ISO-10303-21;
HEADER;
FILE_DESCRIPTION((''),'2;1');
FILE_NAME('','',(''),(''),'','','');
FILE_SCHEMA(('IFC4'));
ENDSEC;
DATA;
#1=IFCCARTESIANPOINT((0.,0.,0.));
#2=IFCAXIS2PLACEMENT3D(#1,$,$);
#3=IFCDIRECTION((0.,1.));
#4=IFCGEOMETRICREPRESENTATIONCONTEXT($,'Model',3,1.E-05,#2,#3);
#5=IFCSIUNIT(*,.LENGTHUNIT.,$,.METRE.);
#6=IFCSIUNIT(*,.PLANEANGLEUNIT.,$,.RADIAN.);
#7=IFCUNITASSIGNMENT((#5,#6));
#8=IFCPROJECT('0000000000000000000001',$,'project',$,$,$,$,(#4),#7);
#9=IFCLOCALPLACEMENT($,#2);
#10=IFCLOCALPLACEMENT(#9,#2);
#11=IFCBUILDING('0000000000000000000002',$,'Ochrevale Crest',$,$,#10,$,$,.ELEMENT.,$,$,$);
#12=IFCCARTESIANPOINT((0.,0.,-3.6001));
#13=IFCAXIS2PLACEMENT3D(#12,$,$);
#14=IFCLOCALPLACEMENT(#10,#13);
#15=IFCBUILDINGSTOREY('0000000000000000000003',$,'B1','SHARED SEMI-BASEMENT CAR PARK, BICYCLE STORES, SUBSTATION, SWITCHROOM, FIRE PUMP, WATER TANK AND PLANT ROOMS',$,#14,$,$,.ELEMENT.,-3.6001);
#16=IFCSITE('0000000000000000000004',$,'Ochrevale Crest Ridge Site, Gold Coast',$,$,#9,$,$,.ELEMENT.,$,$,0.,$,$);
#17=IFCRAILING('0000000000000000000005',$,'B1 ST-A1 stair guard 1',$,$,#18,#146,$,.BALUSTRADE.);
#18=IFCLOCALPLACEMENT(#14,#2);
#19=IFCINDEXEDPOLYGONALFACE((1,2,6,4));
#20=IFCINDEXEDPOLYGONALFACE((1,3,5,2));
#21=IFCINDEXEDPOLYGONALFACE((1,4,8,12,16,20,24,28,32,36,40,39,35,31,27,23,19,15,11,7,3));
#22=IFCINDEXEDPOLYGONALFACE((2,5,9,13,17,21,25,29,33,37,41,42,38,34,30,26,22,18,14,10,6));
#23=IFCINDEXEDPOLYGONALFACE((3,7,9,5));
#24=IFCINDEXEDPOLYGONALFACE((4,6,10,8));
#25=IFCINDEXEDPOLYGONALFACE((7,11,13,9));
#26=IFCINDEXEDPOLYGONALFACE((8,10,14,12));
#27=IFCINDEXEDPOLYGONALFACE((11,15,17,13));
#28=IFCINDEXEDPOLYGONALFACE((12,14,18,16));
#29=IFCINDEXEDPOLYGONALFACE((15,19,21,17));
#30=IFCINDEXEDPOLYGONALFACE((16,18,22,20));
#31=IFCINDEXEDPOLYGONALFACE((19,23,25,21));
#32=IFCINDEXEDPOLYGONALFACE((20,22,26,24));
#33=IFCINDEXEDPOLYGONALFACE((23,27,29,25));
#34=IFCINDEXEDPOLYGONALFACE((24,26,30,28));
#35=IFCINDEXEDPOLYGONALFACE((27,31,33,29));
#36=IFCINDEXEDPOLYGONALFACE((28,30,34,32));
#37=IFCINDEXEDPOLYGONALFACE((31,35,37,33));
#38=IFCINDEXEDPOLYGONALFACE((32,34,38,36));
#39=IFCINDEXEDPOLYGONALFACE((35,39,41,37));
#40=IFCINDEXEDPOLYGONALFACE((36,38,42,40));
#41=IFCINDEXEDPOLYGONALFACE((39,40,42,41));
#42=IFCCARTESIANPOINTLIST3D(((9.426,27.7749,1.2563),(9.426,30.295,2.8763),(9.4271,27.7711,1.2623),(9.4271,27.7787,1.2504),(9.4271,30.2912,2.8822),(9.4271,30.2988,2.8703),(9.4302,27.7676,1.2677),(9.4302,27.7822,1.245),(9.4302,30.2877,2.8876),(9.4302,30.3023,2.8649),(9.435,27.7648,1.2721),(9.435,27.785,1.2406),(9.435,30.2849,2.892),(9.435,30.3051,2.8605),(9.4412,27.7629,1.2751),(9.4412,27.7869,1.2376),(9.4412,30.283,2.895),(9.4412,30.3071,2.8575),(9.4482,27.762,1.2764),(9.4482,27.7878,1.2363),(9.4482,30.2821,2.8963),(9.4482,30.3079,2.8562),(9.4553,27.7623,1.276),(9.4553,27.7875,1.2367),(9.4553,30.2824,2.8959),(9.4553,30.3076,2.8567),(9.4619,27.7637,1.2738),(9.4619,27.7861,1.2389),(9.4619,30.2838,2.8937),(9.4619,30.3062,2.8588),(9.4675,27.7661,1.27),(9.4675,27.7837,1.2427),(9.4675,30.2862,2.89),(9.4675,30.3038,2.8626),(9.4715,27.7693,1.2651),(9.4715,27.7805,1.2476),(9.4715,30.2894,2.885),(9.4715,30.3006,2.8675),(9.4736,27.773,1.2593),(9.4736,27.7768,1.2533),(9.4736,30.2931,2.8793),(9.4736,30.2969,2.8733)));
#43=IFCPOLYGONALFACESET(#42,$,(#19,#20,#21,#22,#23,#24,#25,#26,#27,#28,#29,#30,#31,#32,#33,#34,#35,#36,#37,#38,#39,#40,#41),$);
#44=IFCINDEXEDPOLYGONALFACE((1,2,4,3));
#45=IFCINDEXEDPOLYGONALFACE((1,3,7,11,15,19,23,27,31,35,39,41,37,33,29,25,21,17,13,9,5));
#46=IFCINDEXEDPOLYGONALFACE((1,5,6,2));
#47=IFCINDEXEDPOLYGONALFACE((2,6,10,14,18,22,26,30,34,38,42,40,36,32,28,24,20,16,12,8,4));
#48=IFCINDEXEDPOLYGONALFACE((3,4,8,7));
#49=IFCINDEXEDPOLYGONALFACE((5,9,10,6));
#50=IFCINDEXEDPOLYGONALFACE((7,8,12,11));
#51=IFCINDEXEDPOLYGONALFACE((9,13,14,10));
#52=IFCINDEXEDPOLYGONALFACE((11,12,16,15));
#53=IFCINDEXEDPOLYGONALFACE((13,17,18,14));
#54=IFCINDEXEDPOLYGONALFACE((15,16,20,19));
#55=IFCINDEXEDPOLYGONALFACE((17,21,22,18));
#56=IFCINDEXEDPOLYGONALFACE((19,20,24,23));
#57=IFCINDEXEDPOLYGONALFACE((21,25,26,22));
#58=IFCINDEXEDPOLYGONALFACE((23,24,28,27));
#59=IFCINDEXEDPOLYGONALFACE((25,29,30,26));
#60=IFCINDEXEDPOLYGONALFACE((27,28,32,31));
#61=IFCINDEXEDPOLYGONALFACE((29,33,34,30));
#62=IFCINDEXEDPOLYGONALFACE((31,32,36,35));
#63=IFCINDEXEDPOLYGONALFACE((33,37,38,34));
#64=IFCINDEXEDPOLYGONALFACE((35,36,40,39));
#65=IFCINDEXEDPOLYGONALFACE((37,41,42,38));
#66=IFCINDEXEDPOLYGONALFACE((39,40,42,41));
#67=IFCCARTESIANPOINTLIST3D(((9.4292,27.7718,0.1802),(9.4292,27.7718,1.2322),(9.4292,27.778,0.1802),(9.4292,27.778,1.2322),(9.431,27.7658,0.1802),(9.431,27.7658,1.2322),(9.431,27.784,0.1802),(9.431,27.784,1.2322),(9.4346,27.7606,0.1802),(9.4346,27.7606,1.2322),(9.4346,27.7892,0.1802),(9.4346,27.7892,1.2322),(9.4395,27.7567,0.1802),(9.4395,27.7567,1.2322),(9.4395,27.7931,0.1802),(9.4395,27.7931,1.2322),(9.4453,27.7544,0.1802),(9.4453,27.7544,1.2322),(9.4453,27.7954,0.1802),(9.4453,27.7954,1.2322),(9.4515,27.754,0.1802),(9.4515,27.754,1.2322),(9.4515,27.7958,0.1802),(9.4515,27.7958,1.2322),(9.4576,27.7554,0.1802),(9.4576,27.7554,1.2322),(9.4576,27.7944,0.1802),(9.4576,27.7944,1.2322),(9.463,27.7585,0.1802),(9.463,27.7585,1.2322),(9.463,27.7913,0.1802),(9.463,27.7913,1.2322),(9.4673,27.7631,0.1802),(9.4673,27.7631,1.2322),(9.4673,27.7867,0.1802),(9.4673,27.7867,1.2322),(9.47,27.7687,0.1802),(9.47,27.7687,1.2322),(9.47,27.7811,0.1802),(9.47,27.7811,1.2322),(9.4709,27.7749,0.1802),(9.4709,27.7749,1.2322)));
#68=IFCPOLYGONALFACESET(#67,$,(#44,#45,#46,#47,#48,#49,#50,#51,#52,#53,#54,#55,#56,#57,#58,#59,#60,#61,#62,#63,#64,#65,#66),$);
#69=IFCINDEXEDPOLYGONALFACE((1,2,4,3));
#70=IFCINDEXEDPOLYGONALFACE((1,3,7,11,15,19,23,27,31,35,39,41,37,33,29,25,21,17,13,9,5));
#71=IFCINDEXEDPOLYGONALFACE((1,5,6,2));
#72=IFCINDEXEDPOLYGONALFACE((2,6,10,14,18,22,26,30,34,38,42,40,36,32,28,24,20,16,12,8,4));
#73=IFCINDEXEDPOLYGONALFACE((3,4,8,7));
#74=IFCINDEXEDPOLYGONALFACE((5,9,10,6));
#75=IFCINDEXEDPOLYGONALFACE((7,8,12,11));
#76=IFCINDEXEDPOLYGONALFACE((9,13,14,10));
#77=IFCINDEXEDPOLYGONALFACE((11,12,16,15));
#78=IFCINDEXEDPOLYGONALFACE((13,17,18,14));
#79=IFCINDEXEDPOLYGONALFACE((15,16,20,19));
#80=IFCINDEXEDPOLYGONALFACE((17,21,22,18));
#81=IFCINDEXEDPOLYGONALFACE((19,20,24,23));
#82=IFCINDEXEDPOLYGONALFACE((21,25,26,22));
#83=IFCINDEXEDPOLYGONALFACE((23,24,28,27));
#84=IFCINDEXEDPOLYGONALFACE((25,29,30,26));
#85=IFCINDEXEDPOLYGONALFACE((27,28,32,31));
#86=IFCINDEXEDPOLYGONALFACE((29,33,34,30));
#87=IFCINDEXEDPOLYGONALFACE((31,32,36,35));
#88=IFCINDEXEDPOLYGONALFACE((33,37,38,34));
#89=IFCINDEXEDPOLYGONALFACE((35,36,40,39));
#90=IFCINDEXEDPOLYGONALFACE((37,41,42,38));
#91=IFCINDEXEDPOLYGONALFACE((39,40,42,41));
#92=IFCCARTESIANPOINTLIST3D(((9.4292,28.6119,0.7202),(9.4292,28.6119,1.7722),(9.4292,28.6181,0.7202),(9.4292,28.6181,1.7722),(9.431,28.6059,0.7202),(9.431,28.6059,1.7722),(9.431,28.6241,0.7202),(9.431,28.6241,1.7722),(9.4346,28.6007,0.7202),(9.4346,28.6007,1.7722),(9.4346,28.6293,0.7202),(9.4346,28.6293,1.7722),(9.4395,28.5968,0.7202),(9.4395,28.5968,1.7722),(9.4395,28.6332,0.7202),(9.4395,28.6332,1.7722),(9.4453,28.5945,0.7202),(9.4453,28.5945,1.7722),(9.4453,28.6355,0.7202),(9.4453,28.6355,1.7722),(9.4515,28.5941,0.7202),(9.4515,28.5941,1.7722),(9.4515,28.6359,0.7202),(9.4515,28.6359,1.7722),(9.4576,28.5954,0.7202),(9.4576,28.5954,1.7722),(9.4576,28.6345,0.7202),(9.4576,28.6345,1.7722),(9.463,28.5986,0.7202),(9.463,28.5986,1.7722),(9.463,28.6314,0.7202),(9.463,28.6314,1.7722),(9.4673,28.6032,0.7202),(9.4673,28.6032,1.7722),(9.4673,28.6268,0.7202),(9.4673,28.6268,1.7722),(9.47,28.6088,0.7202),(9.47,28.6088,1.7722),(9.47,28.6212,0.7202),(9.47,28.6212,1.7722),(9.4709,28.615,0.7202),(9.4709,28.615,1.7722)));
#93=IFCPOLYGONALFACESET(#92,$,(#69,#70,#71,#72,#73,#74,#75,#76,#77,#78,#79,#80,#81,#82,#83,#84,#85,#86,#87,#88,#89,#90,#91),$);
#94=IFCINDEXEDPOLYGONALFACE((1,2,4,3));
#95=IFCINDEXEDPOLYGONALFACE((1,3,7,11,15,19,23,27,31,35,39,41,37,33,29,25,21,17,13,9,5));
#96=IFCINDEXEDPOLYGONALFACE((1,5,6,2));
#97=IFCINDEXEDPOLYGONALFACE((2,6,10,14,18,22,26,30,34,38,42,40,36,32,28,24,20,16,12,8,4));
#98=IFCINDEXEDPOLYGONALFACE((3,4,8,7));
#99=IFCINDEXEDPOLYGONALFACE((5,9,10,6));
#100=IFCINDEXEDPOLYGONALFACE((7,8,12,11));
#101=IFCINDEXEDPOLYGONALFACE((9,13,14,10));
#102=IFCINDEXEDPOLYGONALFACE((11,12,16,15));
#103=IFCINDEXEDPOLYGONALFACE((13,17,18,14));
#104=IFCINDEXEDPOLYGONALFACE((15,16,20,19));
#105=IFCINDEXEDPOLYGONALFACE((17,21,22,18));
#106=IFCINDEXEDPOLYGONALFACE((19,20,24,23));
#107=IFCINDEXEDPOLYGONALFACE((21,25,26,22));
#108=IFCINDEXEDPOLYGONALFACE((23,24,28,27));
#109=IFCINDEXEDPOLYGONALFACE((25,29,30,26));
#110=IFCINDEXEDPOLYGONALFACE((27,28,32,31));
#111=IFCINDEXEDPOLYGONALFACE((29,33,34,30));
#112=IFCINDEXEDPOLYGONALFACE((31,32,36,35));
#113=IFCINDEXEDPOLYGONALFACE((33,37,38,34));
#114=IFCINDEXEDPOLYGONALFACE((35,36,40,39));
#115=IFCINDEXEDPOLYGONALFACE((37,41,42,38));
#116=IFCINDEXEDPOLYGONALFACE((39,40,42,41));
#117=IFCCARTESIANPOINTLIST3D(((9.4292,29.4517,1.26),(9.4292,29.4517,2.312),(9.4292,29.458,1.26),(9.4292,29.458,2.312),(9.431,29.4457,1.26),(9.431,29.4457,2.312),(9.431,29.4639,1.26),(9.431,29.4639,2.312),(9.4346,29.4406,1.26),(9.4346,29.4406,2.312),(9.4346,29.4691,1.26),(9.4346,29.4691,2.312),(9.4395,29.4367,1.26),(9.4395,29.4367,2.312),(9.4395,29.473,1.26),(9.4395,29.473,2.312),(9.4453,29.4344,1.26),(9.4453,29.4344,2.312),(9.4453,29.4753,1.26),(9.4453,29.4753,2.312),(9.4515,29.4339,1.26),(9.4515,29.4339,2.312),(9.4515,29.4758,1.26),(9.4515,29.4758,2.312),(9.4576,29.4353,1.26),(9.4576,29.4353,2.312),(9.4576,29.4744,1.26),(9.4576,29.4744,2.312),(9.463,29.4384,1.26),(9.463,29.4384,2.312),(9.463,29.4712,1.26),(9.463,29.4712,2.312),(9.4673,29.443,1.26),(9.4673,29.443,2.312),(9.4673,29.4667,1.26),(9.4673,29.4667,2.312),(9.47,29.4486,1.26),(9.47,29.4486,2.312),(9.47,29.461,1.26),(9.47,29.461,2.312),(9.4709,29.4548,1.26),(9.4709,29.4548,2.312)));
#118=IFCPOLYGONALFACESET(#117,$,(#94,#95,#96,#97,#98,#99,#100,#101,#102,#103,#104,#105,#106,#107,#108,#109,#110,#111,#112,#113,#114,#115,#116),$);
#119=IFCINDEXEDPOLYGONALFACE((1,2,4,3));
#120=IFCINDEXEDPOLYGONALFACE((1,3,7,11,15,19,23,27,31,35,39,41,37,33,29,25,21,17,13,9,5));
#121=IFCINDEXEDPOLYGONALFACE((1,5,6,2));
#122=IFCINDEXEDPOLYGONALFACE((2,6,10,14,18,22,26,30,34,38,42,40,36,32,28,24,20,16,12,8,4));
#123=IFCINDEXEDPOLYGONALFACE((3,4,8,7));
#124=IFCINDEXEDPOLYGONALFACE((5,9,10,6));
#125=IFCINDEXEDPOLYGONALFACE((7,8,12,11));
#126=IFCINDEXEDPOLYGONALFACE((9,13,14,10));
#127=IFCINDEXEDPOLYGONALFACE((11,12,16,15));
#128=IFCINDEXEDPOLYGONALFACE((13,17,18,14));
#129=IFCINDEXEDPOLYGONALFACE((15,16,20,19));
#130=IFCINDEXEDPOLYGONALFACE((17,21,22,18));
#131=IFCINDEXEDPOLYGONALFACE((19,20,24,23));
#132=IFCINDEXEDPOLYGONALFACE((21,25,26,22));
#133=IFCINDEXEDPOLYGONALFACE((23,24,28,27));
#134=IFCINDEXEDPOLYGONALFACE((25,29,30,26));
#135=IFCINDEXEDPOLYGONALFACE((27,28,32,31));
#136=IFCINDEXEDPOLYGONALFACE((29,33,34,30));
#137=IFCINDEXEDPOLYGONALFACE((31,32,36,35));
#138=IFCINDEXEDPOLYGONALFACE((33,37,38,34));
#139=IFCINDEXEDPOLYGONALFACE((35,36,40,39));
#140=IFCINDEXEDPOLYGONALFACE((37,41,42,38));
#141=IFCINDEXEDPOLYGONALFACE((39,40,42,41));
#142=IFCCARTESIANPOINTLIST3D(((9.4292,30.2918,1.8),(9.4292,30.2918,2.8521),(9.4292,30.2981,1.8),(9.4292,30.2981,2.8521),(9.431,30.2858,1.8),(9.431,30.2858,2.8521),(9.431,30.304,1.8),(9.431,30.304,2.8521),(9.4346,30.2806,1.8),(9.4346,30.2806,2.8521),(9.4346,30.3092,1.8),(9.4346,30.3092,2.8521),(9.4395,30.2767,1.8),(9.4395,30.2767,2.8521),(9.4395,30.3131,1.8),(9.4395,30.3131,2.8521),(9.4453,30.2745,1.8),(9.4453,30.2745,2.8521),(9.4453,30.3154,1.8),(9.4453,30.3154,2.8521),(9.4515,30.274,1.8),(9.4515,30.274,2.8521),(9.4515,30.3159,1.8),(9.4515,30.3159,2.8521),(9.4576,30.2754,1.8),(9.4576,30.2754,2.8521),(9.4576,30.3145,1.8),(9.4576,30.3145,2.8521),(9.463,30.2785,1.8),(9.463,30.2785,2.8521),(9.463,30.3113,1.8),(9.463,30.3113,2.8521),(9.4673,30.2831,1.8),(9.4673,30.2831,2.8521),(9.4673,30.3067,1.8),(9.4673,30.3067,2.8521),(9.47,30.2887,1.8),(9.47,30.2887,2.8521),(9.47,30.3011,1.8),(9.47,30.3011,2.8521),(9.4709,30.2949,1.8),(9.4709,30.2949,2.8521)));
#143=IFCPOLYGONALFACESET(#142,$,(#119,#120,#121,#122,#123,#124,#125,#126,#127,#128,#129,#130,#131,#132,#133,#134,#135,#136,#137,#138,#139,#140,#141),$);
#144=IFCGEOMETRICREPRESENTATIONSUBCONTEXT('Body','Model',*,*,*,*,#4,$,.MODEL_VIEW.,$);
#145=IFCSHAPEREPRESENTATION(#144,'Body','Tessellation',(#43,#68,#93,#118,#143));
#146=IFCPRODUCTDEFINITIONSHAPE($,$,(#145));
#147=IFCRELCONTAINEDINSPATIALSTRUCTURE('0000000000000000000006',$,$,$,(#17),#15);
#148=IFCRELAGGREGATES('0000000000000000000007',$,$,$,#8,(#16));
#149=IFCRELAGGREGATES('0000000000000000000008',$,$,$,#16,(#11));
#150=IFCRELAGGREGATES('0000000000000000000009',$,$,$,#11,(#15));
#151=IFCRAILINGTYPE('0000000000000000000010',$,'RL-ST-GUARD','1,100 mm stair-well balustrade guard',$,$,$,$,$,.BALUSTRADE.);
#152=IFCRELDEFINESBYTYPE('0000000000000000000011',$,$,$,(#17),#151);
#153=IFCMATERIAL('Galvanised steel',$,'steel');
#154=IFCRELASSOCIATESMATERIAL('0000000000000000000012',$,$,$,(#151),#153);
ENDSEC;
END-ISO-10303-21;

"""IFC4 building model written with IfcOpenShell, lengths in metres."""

from ifc_helpers import new_model, si_unit, direction, frame, origin, origin_2d, place, context, subcontext, project, spatial, circle, extrude, material, type_object, element, save


model = new_model("IFC4")

# Units and contexts
model_context = context("Model", 3, precision=1e-05, world=origin(), true_north=direction((0.0, 1.0)))
body_context = subcontext(model_context, "Body", "Model", "MODEL_VIEW")
ifc_project = project(units=[si_unit("LENGTHUNIT", "METRE"), si_unit("PLANEANGLEUNIT", "RADIAN")], contexts=[model_context])

# Site, building, storey
site_placement = place(None, origin())
site = spatial("IfcSite", under=ifc_project, at=site_placement, Name="Ochrevale Crest Ridge Site, Gold Coast", CompositionType="ELEMENT", RefElevation=0.0)
building_placement = place(site_placement, origin())
building = spatial("IfcBuilding", under=site, at=building_placement, Name="Ochrevale Crest", CompositionType="ELEMENT")
storey_placement = place(building_placement, frame((0.0, 0.0, -3.6001)))
storey = spatial("IfcBuildingStorey", under=building, at=storey_placement, Name="B1", Description="SHARED SEMI-BASEMENT CAR PARK, BICYCLE STORES, SUBSTATION, SWITCHROOM, FIRE PUMP, WATER TANK AND PLANT ROOMS", CompositionType="ELEMENT", Elevation=-3.6001)

# Railing
ifc_material_1 = material(Name="Galvanised steel", Category="steel")
railing_type_1 = type_object("IfcRailingType", Name="RL-ST-GUARD", Description="1,100 mm stair-well balustrade guard", PredefinedType="BALUSTRADE", material=ifc_material_1)
railing_1_placement = place(storey_placement, frame((9.45, 27.7749, 0.1802)))
element("IfcRailing", 1, at=railing_1_placement, inside=storey, type_object=railing_type_1, Name="B1 ST-A1 stair guard 1", PredefinedType="BALUSTRADE", context=body_context, shape_type="SweptSolid", body=[
    extrude(circle(Radius=0.0239, at=origin_2d()), frame((0.0, 0.0, 1.0762), z_axis=(0.0, 0.8412, 0.540725), x_axis=(-1.0, 0.0, 0.0)), (0.0, 0.0, 1.0), 2.9958),
    extrude(circle(Radius=0.021, at=origin_2d()), origin(), (0.0, 0.0, 1.0), 1.052),
    extrude(circle(Radius=0.021, at=origin_2d()), frame((0.0, 0.8401, 0.54)), (0.0, 0.0, 1.0), 1.052),
    extrude(circle(Radius=0.021, at=origin_2d()), frame((0.0, 1.6799, 1.0798)), (0.0, 0.0, 1.0), 1.052),
    extrude(circle(Radius=0.021, at=origin_2d()), frame((0.0, 2.52, 1.6199)), (0.0, 0.0, 1.0), 1.052),
])

save(model, "model.ifc")
